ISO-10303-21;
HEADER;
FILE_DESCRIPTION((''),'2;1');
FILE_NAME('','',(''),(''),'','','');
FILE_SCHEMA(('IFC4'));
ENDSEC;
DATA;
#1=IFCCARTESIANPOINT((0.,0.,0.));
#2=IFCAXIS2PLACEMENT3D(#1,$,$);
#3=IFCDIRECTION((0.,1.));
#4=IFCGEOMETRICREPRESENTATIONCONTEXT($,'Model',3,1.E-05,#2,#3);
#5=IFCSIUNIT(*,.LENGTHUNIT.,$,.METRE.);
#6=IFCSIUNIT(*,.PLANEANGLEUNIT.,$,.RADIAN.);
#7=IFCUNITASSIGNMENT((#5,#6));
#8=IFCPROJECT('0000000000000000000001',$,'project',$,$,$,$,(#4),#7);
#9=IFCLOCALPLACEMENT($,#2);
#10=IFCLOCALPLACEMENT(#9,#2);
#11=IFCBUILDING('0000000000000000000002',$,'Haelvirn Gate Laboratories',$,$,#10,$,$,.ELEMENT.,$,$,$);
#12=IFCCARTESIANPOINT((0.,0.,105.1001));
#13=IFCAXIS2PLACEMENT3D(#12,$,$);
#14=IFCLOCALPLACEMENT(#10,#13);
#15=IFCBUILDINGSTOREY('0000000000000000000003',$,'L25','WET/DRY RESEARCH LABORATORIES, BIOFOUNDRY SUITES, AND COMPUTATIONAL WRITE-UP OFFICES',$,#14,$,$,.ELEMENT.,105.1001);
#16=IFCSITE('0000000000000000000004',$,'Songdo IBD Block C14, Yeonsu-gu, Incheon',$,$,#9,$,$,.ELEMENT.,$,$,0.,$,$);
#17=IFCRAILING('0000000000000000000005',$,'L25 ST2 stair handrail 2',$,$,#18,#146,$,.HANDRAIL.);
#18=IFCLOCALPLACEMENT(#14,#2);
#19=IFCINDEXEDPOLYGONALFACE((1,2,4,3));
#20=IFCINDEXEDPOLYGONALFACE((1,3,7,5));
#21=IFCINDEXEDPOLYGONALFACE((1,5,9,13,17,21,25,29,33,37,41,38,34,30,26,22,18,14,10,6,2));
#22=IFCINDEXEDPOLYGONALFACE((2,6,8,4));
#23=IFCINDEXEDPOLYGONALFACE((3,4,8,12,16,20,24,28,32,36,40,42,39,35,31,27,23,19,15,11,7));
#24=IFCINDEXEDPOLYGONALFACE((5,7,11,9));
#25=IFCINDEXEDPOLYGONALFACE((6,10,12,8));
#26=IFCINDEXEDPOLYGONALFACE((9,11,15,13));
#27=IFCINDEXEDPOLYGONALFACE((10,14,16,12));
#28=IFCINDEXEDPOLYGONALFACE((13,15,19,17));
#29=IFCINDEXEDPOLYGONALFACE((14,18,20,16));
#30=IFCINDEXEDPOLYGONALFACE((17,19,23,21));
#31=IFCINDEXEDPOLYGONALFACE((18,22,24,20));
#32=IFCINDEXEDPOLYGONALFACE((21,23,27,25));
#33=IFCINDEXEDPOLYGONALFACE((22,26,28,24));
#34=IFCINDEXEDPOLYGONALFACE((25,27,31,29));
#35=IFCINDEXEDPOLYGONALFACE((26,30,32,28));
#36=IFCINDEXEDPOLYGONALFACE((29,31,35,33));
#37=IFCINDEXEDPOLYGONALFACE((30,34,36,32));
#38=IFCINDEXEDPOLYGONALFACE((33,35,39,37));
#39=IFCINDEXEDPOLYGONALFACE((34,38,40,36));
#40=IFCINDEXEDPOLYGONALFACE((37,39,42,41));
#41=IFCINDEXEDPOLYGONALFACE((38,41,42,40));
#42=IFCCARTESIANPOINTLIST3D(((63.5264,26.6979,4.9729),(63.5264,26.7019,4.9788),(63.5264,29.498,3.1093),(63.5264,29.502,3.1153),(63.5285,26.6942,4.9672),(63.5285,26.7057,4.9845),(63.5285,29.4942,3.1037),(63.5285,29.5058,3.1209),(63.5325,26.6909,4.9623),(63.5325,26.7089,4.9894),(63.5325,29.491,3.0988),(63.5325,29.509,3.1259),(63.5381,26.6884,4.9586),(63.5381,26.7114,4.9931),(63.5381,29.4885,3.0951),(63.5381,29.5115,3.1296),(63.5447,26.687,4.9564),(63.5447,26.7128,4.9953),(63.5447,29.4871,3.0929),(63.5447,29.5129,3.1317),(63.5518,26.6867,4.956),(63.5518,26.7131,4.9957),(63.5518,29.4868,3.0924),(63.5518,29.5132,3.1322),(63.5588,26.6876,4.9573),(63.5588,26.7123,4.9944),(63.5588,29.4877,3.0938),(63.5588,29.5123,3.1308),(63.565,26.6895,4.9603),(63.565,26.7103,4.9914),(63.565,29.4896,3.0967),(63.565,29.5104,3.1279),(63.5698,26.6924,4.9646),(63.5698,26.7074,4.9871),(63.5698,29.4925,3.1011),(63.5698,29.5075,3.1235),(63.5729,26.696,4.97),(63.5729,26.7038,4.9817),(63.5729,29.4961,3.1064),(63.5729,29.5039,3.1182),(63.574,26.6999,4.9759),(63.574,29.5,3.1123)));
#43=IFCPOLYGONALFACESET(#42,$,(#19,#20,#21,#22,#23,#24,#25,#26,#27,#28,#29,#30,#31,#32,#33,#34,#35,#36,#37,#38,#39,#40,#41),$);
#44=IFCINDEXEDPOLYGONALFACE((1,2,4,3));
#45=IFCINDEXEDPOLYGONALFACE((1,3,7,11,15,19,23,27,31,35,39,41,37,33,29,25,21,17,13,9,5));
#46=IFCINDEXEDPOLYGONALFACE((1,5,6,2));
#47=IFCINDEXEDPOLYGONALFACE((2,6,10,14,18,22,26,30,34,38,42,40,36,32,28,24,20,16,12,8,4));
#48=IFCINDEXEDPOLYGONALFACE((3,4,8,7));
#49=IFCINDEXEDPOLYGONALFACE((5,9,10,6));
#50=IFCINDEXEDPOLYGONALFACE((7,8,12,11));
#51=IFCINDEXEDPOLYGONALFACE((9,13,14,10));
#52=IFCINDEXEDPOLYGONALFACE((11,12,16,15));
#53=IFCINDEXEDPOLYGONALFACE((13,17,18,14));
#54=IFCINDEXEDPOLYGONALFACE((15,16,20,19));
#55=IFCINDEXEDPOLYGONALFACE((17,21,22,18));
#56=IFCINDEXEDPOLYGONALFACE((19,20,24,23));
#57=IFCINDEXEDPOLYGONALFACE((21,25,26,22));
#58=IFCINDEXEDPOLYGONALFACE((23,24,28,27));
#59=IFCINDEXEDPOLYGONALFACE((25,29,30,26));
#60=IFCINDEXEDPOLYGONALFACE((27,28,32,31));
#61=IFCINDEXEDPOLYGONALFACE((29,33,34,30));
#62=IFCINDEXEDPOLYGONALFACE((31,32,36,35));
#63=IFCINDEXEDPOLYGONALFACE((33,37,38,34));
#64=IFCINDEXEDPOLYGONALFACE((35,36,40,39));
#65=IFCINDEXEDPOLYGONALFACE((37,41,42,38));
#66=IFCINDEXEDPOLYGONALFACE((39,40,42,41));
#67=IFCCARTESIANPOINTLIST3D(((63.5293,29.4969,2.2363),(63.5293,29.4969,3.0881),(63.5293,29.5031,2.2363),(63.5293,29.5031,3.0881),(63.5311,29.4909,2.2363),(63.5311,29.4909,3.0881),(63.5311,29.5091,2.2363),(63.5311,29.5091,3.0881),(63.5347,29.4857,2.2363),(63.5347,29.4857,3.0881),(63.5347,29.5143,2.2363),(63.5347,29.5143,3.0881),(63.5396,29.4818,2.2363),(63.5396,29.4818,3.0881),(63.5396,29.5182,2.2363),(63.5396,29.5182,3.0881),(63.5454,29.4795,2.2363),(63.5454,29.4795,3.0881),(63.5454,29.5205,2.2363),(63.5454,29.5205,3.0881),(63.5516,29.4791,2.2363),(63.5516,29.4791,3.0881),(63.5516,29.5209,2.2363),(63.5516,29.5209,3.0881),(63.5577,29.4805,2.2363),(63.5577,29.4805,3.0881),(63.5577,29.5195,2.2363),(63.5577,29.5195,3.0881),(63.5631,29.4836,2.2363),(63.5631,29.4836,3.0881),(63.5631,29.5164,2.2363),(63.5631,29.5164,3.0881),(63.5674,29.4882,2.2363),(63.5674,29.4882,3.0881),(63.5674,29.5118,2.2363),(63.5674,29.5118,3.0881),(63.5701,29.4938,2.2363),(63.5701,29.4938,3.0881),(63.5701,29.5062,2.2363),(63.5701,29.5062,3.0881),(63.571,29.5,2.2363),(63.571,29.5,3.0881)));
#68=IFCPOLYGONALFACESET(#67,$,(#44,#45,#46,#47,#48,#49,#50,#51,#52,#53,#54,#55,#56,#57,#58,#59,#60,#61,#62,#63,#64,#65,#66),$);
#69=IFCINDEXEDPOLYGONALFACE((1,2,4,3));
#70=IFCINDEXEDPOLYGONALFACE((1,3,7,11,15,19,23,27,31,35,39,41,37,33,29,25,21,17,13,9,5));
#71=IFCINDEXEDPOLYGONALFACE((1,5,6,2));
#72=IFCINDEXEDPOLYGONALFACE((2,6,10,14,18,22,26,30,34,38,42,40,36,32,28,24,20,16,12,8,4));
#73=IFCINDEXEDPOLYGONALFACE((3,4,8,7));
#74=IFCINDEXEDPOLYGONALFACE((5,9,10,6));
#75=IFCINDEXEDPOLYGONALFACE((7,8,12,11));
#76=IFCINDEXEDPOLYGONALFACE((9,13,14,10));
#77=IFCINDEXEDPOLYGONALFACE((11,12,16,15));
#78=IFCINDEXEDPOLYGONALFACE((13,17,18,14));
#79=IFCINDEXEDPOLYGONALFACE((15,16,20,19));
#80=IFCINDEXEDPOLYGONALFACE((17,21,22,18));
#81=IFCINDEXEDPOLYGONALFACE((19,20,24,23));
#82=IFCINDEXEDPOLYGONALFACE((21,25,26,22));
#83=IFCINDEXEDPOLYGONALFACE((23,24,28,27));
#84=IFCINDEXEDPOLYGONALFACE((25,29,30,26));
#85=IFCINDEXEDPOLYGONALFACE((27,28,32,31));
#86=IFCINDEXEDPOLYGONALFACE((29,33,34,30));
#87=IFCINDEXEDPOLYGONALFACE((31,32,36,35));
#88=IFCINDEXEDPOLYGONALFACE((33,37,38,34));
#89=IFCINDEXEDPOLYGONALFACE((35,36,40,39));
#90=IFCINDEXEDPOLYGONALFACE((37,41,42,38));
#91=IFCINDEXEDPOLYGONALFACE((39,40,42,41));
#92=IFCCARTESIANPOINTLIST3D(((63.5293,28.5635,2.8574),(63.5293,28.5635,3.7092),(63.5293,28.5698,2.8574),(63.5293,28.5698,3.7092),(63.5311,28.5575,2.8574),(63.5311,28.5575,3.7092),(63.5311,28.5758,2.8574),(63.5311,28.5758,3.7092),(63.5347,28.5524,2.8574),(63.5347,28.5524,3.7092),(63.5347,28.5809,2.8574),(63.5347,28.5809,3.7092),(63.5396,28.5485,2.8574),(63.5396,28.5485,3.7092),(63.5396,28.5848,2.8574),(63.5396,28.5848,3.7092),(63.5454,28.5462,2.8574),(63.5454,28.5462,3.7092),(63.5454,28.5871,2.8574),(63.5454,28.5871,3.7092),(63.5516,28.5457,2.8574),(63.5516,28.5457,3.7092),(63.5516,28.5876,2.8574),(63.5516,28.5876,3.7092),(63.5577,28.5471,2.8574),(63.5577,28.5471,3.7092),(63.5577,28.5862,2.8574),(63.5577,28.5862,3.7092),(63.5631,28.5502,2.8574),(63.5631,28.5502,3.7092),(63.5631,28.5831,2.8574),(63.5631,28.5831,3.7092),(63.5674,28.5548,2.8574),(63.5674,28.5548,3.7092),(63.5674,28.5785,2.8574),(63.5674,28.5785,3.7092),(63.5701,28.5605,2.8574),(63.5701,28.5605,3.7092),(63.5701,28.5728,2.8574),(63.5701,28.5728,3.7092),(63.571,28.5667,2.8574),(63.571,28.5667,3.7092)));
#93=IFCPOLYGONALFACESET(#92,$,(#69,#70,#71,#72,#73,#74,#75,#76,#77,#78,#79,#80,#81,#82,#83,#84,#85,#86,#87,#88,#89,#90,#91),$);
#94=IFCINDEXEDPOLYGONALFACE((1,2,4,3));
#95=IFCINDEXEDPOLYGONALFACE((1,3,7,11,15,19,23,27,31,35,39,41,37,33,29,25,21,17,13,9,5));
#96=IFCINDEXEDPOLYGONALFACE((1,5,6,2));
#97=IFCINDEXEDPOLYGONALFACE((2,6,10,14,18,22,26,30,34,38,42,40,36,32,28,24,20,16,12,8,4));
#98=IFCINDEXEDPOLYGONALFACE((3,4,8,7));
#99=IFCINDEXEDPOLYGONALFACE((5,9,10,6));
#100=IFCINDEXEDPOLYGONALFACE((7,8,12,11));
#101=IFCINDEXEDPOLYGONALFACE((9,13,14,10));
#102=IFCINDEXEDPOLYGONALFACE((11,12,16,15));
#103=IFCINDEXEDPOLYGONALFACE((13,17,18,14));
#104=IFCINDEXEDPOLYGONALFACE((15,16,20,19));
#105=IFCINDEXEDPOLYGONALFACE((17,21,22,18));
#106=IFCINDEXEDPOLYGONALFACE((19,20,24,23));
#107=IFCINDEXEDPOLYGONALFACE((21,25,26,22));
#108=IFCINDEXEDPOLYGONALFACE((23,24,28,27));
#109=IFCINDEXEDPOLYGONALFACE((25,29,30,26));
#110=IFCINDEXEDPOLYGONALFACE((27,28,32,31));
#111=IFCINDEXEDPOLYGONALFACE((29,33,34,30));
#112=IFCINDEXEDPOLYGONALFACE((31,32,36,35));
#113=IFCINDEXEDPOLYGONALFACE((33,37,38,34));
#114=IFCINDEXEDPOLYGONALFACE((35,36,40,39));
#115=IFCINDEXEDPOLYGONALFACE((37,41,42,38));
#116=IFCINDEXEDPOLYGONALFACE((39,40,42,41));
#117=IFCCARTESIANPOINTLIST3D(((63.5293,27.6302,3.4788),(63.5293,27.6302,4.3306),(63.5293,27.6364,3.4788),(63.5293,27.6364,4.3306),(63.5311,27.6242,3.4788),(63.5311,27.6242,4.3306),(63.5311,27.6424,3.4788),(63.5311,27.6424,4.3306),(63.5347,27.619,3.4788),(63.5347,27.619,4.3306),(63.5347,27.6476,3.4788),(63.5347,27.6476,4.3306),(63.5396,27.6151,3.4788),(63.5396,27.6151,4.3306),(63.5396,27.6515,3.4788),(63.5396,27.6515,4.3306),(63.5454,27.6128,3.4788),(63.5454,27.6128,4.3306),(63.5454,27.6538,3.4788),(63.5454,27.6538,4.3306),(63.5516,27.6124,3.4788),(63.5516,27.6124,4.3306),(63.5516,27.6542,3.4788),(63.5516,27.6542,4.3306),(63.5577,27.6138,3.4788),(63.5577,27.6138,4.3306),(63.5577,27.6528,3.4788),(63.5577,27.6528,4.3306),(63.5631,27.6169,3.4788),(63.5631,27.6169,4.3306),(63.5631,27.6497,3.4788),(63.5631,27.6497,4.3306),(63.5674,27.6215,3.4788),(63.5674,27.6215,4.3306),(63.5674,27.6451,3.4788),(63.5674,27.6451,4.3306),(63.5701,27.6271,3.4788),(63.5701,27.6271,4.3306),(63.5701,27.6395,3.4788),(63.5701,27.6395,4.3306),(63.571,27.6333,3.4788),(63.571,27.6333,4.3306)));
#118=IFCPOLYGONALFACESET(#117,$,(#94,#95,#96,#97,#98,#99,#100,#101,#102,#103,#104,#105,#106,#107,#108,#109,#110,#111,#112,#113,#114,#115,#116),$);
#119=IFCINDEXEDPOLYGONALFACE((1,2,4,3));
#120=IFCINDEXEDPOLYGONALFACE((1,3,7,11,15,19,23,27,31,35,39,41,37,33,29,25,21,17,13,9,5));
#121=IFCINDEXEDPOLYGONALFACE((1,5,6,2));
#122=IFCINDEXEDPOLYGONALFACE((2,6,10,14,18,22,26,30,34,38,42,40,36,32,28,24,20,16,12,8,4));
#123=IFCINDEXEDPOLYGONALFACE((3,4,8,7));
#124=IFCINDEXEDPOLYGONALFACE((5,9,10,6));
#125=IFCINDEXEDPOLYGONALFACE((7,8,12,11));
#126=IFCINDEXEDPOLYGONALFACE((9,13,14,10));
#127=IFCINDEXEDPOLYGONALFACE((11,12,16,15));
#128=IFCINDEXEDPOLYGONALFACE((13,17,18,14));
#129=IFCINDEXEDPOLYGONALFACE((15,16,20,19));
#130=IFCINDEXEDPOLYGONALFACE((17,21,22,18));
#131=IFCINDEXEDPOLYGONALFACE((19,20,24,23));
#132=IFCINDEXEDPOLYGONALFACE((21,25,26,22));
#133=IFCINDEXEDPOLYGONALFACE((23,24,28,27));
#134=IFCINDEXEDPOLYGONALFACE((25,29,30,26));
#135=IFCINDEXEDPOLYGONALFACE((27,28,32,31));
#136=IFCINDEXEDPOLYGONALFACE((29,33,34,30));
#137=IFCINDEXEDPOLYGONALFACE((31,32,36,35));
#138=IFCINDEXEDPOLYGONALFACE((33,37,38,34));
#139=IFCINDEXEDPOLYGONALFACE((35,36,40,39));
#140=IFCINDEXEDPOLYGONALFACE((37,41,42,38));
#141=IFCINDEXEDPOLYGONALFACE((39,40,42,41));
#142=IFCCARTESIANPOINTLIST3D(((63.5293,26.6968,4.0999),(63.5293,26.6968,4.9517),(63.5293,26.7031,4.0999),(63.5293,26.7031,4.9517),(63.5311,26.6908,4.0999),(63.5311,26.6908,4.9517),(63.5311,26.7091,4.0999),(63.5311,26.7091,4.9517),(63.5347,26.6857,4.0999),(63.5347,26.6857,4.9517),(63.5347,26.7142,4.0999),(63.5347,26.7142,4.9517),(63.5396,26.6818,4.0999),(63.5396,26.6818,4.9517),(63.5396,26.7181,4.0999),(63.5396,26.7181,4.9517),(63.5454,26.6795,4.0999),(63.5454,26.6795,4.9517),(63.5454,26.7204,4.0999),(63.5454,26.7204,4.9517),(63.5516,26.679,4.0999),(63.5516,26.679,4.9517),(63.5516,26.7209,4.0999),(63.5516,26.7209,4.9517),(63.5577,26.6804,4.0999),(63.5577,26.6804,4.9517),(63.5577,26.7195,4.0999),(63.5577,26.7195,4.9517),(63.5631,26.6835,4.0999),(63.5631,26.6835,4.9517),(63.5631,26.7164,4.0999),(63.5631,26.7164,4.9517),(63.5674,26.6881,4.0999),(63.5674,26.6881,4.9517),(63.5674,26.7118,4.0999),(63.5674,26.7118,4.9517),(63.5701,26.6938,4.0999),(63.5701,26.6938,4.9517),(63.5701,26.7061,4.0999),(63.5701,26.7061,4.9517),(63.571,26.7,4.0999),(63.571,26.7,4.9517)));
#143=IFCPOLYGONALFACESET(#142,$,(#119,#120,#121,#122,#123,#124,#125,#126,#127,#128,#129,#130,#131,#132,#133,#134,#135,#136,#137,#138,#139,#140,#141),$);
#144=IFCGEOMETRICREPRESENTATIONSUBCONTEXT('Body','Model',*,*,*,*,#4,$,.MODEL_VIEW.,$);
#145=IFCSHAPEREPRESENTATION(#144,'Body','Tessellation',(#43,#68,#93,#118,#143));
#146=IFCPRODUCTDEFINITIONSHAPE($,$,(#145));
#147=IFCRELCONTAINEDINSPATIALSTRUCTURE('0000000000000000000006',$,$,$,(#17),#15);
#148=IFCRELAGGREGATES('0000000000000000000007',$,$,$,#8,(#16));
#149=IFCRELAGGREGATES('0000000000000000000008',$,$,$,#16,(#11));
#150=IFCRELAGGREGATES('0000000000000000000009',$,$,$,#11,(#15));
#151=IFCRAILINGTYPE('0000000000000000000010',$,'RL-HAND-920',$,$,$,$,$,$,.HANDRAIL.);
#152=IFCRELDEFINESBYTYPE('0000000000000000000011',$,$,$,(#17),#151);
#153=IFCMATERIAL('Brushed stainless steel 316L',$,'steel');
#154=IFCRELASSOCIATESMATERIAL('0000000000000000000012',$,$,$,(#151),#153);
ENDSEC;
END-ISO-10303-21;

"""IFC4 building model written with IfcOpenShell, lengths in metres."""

from ifc_helpers import new_model, si_unit, direction, frame, origin, origin_2d, place, context, subcontext, project, spatial, circle, extrude, source, transform, mapped, material, type_object, element, save


model = new_model("IFC4")

# Units and contexts
model_context = context("Model", 3, precision=1e-05, world=origin(), true_north=direction((0.0, 1.0)))
body_context = subcontext(model_context, "Body", "Model", "MODEL_VIEW")
ifc_project = project(units=[si_unit("LENGTHUNIT", "METRE"), si_unit("PLANEANGLEUNIT", "RADIAN")], contexts=[model_context])

# Site, building, storey
site_placement = place(None, origin())
site = spatial("IfcSite", under=ifc_project, at=site_placement, Name="Songdo IBD Block C14, Yeonsu-gu, Incheon", CompositionType="ELEMENT", RefElevation=0.0)
building_placement = place(site_placement, origin())
building = spatial("IfcBuilding", under=site, at=building_placement, Name="Haelvirn Gate Laboratories", CompositionType="ELEMENT")
storey_placement = place(building_placement, frame((0.0, 0.0, 105.1001)))
storey = spatial("IfcBuildingStorey", under=building, at=storey_placement, Name="L25", Description="WET/DRY RESEARCH LABORATORIES, BIOFOUNDRY SUITES, AND COMPUTATIONAL WRITE-UP OFFICES", CompositionType="ELEMENT", Elevation=105.1001)

# Railing
ifc_material_1 = material(Name="Brushed stainless steel 316L", Category="steel")
railing_type_1 = type_object("IfcRailingType", Name="RL-HAND-920", PredefinedType="HANDRAIL", material=ifc_material_1)
shared_shape_1 = source(origin(), body_context, "Body", "SweptSolid", [
    extrude(circle(Radius=0.0239, at=origin_2d()), frame((0.0, 0.0, 0.876), z_axis=(0.0, -0.832486, 0.554047), x_axis=(1.0, 0.0, 0.0)), (0.0, 0.0, 1.0), 3.3635),
    extrude(circle(Radius=0.021, at=origin_2d()), origin(), (0.0, 0.0, 1.0), 0.8518),
    extrude(circle(Radius=0.021, at=origin_2d()), frame((0.0, -0.9333, 0.6211)), (0.0, 0.0, 1.0), 0.8518),
    extrude(circle(Radius=0.021, at=origin_2d()), frame((0.0, -1.8667, 1.2424)), (0.0, 0.0, 1.0), 0.8518),
    extrude(circle(Radius=0.021, at=origin_2d()), frame((0.0, -2.8, 1.8635)), (0.0, 0.0, 1.0), 0.8518),
])
railing_1_placement = place(storey_placement, frame((63.55, 29.5, 2.2363)))
element("IfcRailing", 1, at=railing_1_placement, inside=storey, type_object=railing_type_1, Name="L25 ST2 stair handrail 2", PredefinedType="HANDRAIL", context=body_context, shape_type="MappedRepresentation", body=[
    mapped(shared_shape_1, transform((0.0, 0.0, 0.0), scale=1.0)),
])

save(model, "model.ifc")
